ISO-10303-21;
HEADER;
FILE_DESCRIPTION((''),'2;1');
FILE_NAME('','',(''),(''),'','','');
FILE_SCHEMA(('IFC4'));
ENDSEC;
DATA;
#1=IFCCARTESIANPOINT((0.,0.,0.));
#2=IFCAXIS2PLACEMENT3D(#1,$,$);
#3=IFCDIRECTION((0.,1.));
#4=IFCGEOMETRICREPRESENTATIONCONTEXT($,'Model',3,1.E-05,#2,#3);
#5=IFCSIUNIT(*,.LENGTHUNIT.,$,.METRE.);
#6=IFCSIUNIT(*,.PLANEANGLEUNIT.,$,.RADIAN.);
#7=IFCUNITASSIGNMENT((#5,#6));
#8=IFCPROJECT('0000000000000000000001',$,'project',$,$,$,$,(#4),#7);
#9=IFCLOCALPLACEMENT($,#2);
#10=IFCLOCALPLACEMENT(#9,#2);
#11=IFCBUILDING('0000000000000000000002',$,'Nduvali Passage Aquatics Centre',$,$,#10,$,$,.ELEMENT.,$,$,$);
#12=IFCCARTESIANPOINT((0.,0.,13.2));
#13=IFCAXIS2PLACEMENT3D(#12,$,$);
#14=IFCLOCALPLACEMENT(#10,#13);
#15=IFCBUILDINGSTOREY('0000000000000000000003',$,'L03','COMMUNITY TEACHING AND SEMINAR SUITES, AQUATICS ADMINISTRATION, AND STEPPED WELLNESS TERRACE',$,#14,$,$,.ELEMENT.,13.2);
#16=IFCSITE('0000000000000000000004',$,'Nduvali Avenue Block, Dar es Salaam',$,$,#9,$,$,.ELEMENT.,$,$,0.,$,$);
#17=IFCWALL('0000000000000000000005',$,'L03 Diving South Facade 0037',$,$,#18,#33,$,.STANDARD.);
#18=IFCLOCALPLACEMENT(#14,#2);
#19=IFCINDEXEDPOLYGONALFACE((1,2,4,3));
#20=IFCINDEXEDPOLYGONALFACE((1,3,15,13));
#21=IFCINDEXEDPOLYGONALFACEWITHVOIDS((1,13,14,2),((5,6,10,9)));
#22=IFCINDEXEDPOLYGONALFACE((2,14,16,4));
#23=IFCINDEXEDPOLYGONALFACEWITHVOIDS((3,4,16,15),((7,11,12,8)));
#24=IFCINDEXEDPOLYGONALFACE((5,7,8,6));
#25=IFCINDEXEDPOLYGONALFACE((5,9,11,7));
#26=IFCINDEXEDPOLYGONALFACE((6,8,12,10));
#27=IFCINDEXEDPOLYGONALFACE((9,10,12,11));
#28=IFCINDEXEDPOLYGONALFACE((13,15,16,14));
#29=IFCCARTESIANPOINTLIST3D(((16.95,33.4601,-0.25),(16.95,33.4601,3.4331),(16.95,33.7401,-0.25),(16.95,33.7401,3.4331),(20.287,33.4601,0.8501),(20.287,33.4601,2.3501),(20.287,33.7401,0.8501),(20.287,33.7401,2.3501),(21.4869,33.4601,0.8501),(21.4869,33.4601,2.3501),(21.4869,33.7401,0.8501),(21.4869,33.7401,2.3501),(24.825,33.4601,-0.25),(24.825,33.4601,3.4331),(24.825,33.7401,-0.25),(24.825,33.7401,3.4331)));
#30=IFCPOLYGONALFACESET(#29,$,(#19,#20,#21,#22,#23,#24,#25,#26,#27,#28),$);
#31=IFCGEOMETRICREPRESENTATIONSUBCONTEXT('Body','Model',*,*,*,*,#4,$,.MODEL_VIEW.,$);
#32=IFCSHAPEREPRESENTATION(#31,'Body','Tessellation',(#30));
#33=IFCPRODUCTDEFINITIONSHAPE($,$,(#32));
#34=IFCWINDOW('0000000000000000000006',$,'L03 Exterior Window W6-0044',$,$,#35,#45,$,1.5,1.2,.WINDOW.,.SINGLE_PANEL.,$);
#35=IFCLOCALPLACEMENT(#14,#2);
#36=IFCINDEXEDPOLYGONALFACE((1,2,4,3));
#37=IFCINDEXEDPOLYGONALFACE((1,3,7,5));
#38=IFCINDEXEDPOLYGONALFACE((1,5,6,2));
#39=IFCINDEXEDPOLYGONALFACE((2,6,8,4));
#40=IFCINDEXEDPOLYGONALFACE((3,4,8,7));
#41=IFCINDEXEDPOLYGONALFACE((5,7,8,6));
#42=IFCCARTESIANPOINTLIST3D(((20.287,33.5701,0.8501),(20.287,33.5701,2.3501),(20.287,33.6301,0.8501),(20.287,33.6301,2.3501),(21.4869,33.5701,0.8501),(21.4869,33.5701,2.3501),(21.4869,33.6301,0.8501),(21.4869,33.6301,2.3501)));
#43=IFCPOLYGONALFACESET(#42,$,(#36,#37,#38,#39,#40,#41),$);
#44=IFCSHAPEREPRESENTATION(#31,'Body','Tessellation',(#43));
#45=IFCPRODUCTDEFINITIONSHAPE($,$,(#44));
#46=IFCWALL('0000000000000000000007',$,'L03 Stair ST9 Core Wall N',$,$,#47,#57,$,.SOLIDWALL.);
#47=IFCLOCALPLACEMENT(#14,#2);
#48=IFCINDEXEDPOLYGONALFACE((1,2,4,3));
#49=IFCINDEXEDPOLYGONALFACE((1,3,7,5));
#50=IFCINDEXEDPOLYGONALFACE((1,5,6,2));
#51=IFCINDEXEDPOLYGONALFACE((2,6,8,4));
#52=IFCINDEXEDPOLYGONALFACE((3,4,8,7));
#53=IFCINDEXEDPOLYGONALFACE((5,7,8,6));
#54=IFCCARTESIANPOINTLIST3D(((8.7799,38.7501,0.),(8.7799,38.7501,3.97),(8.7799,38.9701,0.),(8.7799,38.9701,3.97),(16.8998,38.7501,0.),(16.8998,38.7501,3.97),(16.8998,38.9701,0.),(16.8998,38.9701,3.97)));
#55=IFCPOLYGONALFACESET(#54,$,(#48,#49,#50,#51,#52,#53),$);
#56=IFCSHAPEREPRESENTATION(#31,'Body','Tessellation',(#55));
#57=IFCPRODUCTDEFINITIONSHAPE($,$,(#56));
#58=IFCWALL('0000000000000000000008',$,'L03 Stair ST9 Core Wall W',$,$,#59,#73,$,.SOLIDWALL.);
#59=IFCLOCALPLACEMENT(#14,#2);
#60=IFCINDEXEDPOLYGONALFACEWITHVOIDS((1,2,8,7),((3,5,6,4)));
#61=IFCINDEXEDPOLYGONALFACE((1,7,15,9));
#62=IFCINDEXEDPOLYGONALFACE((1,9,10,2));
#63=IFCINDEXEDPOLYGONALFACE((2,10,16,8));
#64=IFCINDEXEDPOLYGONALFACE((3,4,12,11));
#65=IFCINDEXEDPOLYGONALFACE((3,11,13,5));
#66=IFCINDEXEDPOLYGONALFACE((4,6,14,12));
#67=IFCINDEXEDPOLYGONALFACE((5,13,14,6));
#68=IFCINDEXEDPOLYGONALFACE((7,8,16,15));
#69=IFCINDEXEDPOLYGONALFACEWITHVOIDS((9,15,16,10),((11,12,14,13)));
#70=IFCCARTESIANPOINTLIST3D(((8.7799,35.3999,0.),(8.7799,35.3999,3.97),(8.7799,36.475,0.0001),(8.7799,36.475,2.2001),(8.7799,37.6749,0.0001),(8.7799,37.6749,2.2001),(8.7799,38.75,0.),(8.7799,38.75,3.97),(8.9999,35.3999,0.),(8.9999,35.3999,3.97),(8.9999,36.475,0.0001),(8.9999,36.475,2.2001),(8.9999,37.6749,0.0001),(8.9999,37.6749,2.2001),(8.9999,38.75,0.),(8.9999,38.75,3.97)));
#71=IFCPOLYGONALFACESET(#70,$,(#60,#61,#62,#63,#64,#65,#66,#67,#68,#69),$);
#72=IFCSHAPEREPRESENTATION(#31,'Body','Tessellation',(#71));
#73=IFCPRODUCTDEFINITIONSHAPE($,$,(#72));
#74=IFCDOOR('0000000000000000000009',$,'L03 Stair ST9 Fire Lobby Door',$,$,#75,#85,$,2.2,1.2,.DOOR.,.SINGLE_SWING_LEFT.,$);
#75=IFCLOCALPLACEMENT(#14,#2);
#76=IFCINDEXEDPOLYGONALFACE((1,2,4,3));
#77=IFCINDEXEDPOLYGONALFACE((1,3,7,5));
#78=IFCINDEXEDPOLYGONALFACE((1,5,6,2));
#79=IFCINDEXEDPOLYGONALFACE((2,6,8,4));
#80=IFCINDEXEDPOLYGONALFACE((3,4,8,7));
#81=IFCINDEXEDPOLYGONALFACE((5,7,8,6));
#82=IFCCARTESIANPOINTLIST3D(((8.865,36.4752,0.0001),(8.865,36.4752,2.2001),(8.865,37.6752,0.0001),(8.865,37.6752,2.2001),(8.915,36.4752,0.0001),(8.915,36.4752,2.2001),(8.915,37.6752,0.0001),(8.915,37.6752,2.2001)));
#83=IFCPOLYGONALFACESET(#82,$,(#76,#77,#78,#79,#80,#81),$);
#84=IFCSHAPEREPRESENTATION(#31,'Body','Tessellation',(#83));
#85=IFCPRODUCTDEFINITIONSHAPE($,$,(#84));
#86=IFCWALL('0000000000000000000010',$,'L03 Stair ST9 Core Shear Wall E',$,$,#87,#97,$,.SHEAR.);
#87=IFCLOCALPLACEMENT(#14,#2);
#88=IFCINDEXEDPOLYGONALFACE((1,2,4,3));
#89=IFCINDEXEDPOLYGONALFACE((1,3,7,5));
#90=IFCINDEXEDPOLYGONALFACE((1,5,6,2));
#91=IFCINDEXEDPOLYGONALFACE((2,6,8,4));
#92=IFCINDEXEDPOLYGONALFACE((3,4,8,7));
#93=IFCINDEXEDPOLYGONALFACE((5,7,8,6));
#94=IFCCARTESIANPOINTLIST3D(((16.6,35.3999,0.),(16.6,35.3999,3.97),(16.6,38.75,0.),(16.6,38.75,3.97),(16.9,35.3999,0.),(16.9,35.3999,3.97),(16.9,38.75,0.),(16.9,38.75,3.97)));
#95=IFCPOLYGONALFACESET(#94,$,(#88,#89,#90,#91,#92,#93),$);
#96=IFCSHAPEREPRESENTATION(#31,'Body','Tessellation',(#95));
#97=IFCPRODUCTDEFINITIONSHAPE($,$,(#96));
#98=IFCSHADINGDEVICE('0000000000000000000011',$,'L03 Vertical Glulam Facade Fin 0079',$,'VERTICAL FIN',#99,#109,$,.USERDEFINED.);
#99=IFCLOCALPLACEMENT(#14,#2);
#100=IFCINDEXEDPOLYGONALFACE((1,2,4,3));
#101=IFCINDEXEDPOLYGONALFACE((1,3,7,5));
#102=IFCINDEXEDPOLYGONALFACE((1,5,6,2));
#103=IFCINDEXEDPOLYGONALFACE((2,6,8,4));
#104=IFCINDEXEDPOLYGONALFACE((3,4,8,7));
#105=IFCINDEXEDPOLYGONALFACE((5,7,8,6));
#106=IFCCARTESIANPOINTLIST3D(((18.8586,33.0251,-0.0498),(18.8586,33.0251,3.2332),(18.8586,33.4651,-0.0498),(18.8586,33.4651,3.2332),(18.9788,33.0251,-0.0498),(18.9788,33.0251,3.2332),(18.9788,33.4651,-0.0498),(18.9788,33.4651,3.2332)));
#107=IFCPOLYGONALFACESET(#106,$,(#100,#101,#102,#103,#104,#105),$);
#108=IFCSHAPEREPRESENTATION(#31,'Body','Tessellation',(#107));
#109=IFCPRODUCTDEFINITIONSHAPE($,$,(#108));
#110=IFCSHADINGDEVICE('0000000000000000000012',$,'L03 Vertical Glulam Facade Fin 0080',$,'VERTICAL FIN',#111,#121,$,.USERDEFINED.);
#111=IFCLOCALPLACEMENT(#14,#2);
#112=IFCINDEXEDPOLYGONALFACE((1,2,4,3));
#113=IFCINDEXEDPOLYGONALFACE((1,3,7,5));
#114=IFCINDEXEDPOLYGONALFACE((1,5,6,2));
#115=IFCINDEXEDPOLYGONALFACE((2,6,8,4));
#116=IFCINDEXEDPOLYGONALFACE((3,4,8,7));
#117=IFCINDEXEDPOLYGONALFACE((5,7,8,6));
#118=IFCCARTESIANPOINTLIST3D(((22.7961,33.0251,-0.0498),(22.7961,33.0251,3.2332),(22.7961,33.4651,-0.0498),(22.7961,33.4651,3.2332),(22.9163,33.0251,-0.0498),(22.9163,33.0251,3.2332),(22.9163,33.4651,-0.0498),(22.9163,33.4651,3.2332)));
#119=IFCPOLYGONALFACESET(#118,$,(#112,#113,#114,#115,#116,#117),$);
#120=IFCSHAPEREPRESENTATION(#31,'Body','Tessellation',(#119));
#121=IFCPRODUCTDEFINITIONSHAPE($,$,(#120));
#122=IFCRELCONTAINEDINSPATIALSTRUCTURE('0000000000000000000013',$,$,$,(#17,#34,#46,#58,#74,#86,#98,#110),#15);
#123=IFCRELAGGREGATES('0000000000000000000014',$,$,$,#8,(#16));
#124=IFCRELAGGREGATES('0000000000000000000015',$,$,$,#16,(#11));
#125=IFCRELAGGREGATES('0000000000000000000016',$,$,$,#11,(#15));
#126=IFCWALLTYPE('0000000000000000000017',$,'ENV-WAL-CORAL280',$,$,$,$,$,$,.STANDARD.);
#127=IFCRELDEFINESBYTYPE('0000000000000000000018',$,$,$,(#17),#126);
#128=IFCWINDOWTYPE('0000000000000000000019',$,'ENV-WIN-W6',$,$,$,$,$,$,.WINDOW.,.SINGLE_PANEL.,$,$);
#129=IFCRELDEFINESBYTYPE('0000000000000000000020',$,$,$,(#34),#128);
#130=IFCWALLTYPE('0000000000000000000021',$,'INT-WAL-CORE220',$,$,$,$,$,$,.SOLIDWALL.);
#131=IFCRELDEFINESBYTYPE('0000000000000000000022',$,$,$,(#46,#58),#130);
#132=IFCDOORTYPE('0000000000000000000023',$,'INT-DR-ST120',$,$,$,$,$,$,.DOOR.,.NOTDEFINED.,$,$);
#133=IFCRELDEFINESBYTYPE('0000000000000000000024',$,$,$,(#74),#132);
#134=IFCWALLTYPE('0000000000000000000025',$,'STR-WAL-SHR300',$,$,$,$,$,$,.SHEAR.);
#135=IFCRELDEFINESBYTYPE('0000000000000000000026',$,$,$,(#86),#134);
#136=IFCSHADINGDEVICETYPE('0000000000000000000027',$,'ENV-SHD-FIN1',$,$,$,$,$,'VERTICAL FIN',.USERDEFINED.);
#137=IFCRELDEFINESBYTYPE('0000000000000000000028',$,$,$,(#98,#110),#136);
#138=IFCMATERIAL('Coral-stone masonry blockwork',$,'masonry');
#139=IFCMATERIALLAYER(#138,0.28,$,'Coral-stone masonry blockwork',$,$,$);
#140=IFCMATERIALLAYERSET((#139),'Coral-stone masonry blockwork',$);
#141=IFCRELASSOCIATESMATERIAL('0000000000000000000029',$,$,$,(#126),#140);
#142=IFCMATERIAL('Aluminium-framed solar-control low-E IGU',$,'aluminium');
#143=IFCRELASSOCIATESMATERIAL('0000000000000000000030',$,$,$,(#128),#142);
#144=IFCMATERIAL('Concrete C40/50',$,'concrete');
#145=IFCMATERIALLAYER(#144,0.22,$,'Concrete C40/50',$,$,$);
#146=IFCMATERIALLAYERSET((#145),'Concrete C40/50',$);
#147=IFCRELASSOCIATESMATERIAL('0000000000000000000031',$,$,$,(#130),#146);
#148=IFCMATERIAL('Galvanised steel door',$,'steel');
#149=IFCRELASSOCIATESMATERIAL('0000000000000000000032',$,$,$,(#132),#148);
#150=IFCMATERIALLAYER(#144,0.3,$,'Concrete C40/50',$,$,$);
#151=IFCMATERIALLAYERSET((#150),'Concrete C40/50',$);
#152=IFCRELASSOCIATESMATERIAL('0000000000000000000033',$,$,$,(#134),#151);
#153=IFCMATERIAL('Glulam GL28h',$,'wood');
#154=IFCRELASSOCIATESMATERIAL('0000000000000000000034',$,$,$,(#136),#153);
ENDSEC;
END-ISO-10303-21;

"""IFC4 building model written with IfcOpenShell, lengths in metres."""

from ifc_helpers import new_model, si_unit, direction, frame, frame_2d, origin, origin_2d, place, context, subcontext, project, spatial, rectangle, extrude, material, layer, layer_set, type_object, element, fill, save


model = new_model("IFC4")

# Units and contexts
model_context = context("Model", 3, precision=1e-05, world=origin(), true_north=direction((0.0, 1.0)))
body_context = subcontext(model_context, "Body", "Model", "MODEL_VIEW")
ifc_project = project(units=[si_unit("LENGTHUNIT", "METRE"), si_unit("PLANEANGLEUNIT", "RADIAN")], contexts=[model_context])

# Site, building, storey
site_placement = place(None, origin())
site = spatial("IfcSite", under=ifc_project, at=site_placement, Name="Nduvali Avenue Block, Dar es Salaam", CompositionType="ELEMENT", RefElevation=0.0)
building_placement = place(site_placement, origin())
building = spatial("IfcBuilding", under=site, at=building_placement, Name="Nduvali Passage Aquatics Centre", CompositionType="ELEMENT")
storey_placement = place(building_placement, frame((0.0, 0.0, 13.2)))
storey = spatial("IfcBuildingStorey", under=building, at=storey_placement, Name="L03", Description="COMMUNITY TEACHING AND SEMINAR SUITES, AQUATICS ADMINISTRATION, AND STEPPED WELLNESS TERRACE", CompositionType="ELEMENT", Elevation=13.2)

# Wall, opening, window
ifc_material_1 = material(Name="Coral-stone masonry blockwork", Category="masonry")
ifc_layer_1 = layer(ifc_material_1, 0.28, Name="Coral-stone masonry blockwork")
ifc_layer_set_1 = layer_set([ifc_layer_1], Name="Coral-stone masonry blockwork")
wall_type_1 = type_object("IfcWallType", Name="ENV-WAL-CORAL280", PredefinedType="STANDARD", material=ifc_layer_set_1)
ifc_material_2 = material(Name="Aluminium-framed solar-control low-E IGU", Category="aluminium")
wall_1_placement = place(storey_placement, frame((16.95, 33.6001, -0.25), z_axis=(0.0, 0.0, 1.0), x_axis=(1.0, 0.0, 0.0)))
wall_1 = element("IfcWall", 1, at=wall_1_placement, inside=storey, type_object=wall_type_1, Name="L03 Diving South Facade 0037", PredefinedType="STANDARD", context=body_context, shape_type="SweptSolid", body=[
    extrude(rectangle(XDim=7.875, YDim=0.28, at=frame_2d((3.9375, 0.0))), origin(), (0.0, 0.0, 1.0), 3.6831),
])
opening_1_placement = place(wall_1_placement, frame((3.3369, 0.0, 1.1001)))
opening_1 = element("IfcOpeningElement", 2, at=opening_1_placement, cuts=wall_1, PredefinedType="OPENING", context=body_context, shape_type="SweptSolid", body=[
    extrude(rectangle(XDim=1.2, YDim=1.5, at=frame_2d((0.6001, 0.75))), frame((0.0, 0.1548, 0.0), z_axis=(0.0, -1.0, 0.0), x_axis=(1.0, 0.0, 0.0)), (0.0, 0.0, 1.0), 0.3098),
])
window_type_1 = type_object("IfcWindowType", Name="ENV-WIN-W6", PartitioningType="SINGLE_PANEL", PredefinedType="WINDOW", material=ifc_material_2)
window_1_placement = place(opening_1_placement, origin())
window_1 = element("IfcWindow", 3, at=window_1_placement, inside=storey, type_object=window_type_1, Name="L03 Exterior Window W6-0044", OverallHeight=1.5, OverallWidth=1.2, PartitioningType="SINGLE_PANEL", PredefinedType="WINDOW", context=body_context, shape_type="SweptSolid", body=[
    extrude(rectangle(XDim=1.2, YDim=1.5, at=frame_2d((0.6001, 0.75))), frame((0.0, 0.03, 0.0), z_axis=(0.0, -1.0, 0.0), x_axis=(1.0, 0.0, 0.0)), (0.0, 0.0, 1.0), 0.0601),
])
fill(opening_1, window_1)

# Wall
ifc_material_3 = material(Name="Concrete C40/50", Category="concrete")
ifc_layer_2 = layer(ifc_material_3, 0.22, Name="Concrete C40/50")
ifc_layer_set_2 = layer_set([ifc_layer_2], Name="Concrete C40/50")
wall_type_2 = type_object("IfcWallType", Name="INT-WAL-CORE220", PredefinedType="SOLIDWALL", material=ifc_layer_set_2)
for number, where, z_axis, x_axis, name in (
    (4, (16.8999, 38.8601, 0.0), (0.0, 0.0, 1.0), (-1.0, 0.0, 0.0), "L03 Stair ST9 Core Wall N"),
):
    element("IfcWall", number, at=place(storey_placement, frame(where, z_axis=z_axis, x_axis=x_axis)), inside=storey, type_object=wall_type_2, Name=name, PredefinedType="SOLIDWALL", context=body_context, shape_type="SweptSolid", body=[
        extrude(rectangle(XDim=8.1199, YDim=0.22, at=frame_2d((4.0601, 0.0))), origin(), (0.0, 0.0, 1.0), 3.97),
    ])

# Wall, opening, door
wall_2_placement = place(storey_placement, frame((8.8899, 38.75, 0.0), z_axis=(0.0, 0.0, 1.0), x_axis=(0.0, -1.0, 0.0)))
wall_2 = element("IfcWall", 5, at=wall_2_placement, inside=storey, type_object=wall_type_2, Name="L03 Stair ST9 Core Wall W", PredefinedType="SOLIDWALL", context=body_context, shape_type="SweptSolid", body=[
    extrude(rectangle(XDim=3.3501, YDim=0.22, at=frame_2d((1.675, 0.0))), origin(), (0.0, 0.0, 1.0), 3.97),
])
opening_2_placement = place(wall_2_placement, frame((1.075, 0.0, 0.0)))
opening_2 = element("IfcOpeningElement", 6, at=opening_2_placement, cuts=wall_2, PredefinedType="OPENING", context=body_context, shape_type="SweptSolid", body=[
    extrude(rectangle(XDim=1.2, YDim=2.2, at=frame_2d((0.6001, 1.1001))), frame((0.0, 0.125, 0.0), z_axis=(0.0, -1.0, 0.0), x_axis=(1.0, 0.0, 0.0)), (0.0, 0.0, 1.0), 0.2498),
])
ifc_material_4 = material(Name="Galvanised steel door", Category="steel")
door_type = type_object("IfcDoorType", Name="INT-DR-ST120", OperationType="NOTDEFINED", PredefinedType="DOOR", material=ifc_material_4)
door_placement = place(opening_2_placement, frame((1.2, 0.0, 0.0), z_axis=(0.0, 0.0, 1.0), x_axis=(-1.0, 0.0, 0.0)))
door = element("IfcDoor", 7, at=door_placement, inside=storey, type_object=door_type, Name="L03 Stair ST9 Fire Lobby Door", OperationType="SINGLE_SWING_LEFT", OverallHeight=2.2, OverallWidth=1.2, PredefinedType="DOOR", context=body_context, shape_type="SweptSolid", body=[
    extrude(rectangle(XDim=1.2, YDim=2.2, at=frame_2d((0.6001, 1.1001))), frame((0.0, 0.0249, 0.0), z_axis=(0.0, -1.0, 0.0), x_axis=(1.0, 0.0, 0.0)), (0.0, 0.0, 1.0), 0.05),
])
fill(opening_2, door)

# Wall
ifc_layer_3 = layer(ifc_material_3, 0.3, Name="Concrete C40/50")
ifc_layer_set_3 = layer_set([ifc_layer_3], Name="Concrete C40/50")
wall_type_3 = type_object("IfcWallType", Name="STR-WAL-SHR300", PredefinedType="SHEAR", material=ifc_layer_set_3)
wall_3_placement = place(storey_placement, frame((16.75, 35.3999, 0.0), z_axis=(0.0, 0.0, 1.0), x_axis=(0.0, 1.0, 0.0)))
element("IfcWall", 8, at=wall_3_placement, inside=storey, type_object=wall_type_3, Name="L03 Stair ST9 Core Shear Wall E", PredefinedType="SHEAR", context=body_context, shape_type="SweptSolid", body=[
    extrude(rectangle(XDim=3.3501, YDim=0.3, at=frame_2d((1.675, 0.0))), origin(), (0.0, 0.0, 1.0), 3.97),
])

# Shading devices
ifc_material_5 = material(Name="Glulam GL28h", Category="wood")
shading_device_type = type_object("IfcShadingDeviceType", Name="ENV-SHD-FIN1", ElementType="VERTICAL FIN", PredefinedType="USERDEFINED", material=ifc_material_5)
for number, where, z_axis, x_axis, name in (
    (9, (18.9187, 33.2451, -0.0498), (0.0, 0.0, 1.0), (1.0, 0.0, 0.0), "L03 Vertical Glulam Facade Fin 0079"),
    (10, (22.8562, 33.2451, -0.0498), (0.0, 0.0, 1.0), (1.0, 0.0, 0.0), "L03 Vertical Glulam Facade Fin 0080"),
):
    element("IfcShadingDevice", number, at=place(storey_placement, frame(where, z_axis=z_axis, x_axis=x_axis)), inside=storey, type_object=shading_device_type, Name=name, ObjectType="VERTICAL FIN", PredefinedType="USERDEFINED", context=body_context, shape_type="SweptSolid", body=[
        extrude(rectangle(XDim=0.1201, YDim=0.4399, at=origin_2d()), origin(), (0.0, 0.0, 1.0), 3.283),
    ])

save(model, "model.ifc")
